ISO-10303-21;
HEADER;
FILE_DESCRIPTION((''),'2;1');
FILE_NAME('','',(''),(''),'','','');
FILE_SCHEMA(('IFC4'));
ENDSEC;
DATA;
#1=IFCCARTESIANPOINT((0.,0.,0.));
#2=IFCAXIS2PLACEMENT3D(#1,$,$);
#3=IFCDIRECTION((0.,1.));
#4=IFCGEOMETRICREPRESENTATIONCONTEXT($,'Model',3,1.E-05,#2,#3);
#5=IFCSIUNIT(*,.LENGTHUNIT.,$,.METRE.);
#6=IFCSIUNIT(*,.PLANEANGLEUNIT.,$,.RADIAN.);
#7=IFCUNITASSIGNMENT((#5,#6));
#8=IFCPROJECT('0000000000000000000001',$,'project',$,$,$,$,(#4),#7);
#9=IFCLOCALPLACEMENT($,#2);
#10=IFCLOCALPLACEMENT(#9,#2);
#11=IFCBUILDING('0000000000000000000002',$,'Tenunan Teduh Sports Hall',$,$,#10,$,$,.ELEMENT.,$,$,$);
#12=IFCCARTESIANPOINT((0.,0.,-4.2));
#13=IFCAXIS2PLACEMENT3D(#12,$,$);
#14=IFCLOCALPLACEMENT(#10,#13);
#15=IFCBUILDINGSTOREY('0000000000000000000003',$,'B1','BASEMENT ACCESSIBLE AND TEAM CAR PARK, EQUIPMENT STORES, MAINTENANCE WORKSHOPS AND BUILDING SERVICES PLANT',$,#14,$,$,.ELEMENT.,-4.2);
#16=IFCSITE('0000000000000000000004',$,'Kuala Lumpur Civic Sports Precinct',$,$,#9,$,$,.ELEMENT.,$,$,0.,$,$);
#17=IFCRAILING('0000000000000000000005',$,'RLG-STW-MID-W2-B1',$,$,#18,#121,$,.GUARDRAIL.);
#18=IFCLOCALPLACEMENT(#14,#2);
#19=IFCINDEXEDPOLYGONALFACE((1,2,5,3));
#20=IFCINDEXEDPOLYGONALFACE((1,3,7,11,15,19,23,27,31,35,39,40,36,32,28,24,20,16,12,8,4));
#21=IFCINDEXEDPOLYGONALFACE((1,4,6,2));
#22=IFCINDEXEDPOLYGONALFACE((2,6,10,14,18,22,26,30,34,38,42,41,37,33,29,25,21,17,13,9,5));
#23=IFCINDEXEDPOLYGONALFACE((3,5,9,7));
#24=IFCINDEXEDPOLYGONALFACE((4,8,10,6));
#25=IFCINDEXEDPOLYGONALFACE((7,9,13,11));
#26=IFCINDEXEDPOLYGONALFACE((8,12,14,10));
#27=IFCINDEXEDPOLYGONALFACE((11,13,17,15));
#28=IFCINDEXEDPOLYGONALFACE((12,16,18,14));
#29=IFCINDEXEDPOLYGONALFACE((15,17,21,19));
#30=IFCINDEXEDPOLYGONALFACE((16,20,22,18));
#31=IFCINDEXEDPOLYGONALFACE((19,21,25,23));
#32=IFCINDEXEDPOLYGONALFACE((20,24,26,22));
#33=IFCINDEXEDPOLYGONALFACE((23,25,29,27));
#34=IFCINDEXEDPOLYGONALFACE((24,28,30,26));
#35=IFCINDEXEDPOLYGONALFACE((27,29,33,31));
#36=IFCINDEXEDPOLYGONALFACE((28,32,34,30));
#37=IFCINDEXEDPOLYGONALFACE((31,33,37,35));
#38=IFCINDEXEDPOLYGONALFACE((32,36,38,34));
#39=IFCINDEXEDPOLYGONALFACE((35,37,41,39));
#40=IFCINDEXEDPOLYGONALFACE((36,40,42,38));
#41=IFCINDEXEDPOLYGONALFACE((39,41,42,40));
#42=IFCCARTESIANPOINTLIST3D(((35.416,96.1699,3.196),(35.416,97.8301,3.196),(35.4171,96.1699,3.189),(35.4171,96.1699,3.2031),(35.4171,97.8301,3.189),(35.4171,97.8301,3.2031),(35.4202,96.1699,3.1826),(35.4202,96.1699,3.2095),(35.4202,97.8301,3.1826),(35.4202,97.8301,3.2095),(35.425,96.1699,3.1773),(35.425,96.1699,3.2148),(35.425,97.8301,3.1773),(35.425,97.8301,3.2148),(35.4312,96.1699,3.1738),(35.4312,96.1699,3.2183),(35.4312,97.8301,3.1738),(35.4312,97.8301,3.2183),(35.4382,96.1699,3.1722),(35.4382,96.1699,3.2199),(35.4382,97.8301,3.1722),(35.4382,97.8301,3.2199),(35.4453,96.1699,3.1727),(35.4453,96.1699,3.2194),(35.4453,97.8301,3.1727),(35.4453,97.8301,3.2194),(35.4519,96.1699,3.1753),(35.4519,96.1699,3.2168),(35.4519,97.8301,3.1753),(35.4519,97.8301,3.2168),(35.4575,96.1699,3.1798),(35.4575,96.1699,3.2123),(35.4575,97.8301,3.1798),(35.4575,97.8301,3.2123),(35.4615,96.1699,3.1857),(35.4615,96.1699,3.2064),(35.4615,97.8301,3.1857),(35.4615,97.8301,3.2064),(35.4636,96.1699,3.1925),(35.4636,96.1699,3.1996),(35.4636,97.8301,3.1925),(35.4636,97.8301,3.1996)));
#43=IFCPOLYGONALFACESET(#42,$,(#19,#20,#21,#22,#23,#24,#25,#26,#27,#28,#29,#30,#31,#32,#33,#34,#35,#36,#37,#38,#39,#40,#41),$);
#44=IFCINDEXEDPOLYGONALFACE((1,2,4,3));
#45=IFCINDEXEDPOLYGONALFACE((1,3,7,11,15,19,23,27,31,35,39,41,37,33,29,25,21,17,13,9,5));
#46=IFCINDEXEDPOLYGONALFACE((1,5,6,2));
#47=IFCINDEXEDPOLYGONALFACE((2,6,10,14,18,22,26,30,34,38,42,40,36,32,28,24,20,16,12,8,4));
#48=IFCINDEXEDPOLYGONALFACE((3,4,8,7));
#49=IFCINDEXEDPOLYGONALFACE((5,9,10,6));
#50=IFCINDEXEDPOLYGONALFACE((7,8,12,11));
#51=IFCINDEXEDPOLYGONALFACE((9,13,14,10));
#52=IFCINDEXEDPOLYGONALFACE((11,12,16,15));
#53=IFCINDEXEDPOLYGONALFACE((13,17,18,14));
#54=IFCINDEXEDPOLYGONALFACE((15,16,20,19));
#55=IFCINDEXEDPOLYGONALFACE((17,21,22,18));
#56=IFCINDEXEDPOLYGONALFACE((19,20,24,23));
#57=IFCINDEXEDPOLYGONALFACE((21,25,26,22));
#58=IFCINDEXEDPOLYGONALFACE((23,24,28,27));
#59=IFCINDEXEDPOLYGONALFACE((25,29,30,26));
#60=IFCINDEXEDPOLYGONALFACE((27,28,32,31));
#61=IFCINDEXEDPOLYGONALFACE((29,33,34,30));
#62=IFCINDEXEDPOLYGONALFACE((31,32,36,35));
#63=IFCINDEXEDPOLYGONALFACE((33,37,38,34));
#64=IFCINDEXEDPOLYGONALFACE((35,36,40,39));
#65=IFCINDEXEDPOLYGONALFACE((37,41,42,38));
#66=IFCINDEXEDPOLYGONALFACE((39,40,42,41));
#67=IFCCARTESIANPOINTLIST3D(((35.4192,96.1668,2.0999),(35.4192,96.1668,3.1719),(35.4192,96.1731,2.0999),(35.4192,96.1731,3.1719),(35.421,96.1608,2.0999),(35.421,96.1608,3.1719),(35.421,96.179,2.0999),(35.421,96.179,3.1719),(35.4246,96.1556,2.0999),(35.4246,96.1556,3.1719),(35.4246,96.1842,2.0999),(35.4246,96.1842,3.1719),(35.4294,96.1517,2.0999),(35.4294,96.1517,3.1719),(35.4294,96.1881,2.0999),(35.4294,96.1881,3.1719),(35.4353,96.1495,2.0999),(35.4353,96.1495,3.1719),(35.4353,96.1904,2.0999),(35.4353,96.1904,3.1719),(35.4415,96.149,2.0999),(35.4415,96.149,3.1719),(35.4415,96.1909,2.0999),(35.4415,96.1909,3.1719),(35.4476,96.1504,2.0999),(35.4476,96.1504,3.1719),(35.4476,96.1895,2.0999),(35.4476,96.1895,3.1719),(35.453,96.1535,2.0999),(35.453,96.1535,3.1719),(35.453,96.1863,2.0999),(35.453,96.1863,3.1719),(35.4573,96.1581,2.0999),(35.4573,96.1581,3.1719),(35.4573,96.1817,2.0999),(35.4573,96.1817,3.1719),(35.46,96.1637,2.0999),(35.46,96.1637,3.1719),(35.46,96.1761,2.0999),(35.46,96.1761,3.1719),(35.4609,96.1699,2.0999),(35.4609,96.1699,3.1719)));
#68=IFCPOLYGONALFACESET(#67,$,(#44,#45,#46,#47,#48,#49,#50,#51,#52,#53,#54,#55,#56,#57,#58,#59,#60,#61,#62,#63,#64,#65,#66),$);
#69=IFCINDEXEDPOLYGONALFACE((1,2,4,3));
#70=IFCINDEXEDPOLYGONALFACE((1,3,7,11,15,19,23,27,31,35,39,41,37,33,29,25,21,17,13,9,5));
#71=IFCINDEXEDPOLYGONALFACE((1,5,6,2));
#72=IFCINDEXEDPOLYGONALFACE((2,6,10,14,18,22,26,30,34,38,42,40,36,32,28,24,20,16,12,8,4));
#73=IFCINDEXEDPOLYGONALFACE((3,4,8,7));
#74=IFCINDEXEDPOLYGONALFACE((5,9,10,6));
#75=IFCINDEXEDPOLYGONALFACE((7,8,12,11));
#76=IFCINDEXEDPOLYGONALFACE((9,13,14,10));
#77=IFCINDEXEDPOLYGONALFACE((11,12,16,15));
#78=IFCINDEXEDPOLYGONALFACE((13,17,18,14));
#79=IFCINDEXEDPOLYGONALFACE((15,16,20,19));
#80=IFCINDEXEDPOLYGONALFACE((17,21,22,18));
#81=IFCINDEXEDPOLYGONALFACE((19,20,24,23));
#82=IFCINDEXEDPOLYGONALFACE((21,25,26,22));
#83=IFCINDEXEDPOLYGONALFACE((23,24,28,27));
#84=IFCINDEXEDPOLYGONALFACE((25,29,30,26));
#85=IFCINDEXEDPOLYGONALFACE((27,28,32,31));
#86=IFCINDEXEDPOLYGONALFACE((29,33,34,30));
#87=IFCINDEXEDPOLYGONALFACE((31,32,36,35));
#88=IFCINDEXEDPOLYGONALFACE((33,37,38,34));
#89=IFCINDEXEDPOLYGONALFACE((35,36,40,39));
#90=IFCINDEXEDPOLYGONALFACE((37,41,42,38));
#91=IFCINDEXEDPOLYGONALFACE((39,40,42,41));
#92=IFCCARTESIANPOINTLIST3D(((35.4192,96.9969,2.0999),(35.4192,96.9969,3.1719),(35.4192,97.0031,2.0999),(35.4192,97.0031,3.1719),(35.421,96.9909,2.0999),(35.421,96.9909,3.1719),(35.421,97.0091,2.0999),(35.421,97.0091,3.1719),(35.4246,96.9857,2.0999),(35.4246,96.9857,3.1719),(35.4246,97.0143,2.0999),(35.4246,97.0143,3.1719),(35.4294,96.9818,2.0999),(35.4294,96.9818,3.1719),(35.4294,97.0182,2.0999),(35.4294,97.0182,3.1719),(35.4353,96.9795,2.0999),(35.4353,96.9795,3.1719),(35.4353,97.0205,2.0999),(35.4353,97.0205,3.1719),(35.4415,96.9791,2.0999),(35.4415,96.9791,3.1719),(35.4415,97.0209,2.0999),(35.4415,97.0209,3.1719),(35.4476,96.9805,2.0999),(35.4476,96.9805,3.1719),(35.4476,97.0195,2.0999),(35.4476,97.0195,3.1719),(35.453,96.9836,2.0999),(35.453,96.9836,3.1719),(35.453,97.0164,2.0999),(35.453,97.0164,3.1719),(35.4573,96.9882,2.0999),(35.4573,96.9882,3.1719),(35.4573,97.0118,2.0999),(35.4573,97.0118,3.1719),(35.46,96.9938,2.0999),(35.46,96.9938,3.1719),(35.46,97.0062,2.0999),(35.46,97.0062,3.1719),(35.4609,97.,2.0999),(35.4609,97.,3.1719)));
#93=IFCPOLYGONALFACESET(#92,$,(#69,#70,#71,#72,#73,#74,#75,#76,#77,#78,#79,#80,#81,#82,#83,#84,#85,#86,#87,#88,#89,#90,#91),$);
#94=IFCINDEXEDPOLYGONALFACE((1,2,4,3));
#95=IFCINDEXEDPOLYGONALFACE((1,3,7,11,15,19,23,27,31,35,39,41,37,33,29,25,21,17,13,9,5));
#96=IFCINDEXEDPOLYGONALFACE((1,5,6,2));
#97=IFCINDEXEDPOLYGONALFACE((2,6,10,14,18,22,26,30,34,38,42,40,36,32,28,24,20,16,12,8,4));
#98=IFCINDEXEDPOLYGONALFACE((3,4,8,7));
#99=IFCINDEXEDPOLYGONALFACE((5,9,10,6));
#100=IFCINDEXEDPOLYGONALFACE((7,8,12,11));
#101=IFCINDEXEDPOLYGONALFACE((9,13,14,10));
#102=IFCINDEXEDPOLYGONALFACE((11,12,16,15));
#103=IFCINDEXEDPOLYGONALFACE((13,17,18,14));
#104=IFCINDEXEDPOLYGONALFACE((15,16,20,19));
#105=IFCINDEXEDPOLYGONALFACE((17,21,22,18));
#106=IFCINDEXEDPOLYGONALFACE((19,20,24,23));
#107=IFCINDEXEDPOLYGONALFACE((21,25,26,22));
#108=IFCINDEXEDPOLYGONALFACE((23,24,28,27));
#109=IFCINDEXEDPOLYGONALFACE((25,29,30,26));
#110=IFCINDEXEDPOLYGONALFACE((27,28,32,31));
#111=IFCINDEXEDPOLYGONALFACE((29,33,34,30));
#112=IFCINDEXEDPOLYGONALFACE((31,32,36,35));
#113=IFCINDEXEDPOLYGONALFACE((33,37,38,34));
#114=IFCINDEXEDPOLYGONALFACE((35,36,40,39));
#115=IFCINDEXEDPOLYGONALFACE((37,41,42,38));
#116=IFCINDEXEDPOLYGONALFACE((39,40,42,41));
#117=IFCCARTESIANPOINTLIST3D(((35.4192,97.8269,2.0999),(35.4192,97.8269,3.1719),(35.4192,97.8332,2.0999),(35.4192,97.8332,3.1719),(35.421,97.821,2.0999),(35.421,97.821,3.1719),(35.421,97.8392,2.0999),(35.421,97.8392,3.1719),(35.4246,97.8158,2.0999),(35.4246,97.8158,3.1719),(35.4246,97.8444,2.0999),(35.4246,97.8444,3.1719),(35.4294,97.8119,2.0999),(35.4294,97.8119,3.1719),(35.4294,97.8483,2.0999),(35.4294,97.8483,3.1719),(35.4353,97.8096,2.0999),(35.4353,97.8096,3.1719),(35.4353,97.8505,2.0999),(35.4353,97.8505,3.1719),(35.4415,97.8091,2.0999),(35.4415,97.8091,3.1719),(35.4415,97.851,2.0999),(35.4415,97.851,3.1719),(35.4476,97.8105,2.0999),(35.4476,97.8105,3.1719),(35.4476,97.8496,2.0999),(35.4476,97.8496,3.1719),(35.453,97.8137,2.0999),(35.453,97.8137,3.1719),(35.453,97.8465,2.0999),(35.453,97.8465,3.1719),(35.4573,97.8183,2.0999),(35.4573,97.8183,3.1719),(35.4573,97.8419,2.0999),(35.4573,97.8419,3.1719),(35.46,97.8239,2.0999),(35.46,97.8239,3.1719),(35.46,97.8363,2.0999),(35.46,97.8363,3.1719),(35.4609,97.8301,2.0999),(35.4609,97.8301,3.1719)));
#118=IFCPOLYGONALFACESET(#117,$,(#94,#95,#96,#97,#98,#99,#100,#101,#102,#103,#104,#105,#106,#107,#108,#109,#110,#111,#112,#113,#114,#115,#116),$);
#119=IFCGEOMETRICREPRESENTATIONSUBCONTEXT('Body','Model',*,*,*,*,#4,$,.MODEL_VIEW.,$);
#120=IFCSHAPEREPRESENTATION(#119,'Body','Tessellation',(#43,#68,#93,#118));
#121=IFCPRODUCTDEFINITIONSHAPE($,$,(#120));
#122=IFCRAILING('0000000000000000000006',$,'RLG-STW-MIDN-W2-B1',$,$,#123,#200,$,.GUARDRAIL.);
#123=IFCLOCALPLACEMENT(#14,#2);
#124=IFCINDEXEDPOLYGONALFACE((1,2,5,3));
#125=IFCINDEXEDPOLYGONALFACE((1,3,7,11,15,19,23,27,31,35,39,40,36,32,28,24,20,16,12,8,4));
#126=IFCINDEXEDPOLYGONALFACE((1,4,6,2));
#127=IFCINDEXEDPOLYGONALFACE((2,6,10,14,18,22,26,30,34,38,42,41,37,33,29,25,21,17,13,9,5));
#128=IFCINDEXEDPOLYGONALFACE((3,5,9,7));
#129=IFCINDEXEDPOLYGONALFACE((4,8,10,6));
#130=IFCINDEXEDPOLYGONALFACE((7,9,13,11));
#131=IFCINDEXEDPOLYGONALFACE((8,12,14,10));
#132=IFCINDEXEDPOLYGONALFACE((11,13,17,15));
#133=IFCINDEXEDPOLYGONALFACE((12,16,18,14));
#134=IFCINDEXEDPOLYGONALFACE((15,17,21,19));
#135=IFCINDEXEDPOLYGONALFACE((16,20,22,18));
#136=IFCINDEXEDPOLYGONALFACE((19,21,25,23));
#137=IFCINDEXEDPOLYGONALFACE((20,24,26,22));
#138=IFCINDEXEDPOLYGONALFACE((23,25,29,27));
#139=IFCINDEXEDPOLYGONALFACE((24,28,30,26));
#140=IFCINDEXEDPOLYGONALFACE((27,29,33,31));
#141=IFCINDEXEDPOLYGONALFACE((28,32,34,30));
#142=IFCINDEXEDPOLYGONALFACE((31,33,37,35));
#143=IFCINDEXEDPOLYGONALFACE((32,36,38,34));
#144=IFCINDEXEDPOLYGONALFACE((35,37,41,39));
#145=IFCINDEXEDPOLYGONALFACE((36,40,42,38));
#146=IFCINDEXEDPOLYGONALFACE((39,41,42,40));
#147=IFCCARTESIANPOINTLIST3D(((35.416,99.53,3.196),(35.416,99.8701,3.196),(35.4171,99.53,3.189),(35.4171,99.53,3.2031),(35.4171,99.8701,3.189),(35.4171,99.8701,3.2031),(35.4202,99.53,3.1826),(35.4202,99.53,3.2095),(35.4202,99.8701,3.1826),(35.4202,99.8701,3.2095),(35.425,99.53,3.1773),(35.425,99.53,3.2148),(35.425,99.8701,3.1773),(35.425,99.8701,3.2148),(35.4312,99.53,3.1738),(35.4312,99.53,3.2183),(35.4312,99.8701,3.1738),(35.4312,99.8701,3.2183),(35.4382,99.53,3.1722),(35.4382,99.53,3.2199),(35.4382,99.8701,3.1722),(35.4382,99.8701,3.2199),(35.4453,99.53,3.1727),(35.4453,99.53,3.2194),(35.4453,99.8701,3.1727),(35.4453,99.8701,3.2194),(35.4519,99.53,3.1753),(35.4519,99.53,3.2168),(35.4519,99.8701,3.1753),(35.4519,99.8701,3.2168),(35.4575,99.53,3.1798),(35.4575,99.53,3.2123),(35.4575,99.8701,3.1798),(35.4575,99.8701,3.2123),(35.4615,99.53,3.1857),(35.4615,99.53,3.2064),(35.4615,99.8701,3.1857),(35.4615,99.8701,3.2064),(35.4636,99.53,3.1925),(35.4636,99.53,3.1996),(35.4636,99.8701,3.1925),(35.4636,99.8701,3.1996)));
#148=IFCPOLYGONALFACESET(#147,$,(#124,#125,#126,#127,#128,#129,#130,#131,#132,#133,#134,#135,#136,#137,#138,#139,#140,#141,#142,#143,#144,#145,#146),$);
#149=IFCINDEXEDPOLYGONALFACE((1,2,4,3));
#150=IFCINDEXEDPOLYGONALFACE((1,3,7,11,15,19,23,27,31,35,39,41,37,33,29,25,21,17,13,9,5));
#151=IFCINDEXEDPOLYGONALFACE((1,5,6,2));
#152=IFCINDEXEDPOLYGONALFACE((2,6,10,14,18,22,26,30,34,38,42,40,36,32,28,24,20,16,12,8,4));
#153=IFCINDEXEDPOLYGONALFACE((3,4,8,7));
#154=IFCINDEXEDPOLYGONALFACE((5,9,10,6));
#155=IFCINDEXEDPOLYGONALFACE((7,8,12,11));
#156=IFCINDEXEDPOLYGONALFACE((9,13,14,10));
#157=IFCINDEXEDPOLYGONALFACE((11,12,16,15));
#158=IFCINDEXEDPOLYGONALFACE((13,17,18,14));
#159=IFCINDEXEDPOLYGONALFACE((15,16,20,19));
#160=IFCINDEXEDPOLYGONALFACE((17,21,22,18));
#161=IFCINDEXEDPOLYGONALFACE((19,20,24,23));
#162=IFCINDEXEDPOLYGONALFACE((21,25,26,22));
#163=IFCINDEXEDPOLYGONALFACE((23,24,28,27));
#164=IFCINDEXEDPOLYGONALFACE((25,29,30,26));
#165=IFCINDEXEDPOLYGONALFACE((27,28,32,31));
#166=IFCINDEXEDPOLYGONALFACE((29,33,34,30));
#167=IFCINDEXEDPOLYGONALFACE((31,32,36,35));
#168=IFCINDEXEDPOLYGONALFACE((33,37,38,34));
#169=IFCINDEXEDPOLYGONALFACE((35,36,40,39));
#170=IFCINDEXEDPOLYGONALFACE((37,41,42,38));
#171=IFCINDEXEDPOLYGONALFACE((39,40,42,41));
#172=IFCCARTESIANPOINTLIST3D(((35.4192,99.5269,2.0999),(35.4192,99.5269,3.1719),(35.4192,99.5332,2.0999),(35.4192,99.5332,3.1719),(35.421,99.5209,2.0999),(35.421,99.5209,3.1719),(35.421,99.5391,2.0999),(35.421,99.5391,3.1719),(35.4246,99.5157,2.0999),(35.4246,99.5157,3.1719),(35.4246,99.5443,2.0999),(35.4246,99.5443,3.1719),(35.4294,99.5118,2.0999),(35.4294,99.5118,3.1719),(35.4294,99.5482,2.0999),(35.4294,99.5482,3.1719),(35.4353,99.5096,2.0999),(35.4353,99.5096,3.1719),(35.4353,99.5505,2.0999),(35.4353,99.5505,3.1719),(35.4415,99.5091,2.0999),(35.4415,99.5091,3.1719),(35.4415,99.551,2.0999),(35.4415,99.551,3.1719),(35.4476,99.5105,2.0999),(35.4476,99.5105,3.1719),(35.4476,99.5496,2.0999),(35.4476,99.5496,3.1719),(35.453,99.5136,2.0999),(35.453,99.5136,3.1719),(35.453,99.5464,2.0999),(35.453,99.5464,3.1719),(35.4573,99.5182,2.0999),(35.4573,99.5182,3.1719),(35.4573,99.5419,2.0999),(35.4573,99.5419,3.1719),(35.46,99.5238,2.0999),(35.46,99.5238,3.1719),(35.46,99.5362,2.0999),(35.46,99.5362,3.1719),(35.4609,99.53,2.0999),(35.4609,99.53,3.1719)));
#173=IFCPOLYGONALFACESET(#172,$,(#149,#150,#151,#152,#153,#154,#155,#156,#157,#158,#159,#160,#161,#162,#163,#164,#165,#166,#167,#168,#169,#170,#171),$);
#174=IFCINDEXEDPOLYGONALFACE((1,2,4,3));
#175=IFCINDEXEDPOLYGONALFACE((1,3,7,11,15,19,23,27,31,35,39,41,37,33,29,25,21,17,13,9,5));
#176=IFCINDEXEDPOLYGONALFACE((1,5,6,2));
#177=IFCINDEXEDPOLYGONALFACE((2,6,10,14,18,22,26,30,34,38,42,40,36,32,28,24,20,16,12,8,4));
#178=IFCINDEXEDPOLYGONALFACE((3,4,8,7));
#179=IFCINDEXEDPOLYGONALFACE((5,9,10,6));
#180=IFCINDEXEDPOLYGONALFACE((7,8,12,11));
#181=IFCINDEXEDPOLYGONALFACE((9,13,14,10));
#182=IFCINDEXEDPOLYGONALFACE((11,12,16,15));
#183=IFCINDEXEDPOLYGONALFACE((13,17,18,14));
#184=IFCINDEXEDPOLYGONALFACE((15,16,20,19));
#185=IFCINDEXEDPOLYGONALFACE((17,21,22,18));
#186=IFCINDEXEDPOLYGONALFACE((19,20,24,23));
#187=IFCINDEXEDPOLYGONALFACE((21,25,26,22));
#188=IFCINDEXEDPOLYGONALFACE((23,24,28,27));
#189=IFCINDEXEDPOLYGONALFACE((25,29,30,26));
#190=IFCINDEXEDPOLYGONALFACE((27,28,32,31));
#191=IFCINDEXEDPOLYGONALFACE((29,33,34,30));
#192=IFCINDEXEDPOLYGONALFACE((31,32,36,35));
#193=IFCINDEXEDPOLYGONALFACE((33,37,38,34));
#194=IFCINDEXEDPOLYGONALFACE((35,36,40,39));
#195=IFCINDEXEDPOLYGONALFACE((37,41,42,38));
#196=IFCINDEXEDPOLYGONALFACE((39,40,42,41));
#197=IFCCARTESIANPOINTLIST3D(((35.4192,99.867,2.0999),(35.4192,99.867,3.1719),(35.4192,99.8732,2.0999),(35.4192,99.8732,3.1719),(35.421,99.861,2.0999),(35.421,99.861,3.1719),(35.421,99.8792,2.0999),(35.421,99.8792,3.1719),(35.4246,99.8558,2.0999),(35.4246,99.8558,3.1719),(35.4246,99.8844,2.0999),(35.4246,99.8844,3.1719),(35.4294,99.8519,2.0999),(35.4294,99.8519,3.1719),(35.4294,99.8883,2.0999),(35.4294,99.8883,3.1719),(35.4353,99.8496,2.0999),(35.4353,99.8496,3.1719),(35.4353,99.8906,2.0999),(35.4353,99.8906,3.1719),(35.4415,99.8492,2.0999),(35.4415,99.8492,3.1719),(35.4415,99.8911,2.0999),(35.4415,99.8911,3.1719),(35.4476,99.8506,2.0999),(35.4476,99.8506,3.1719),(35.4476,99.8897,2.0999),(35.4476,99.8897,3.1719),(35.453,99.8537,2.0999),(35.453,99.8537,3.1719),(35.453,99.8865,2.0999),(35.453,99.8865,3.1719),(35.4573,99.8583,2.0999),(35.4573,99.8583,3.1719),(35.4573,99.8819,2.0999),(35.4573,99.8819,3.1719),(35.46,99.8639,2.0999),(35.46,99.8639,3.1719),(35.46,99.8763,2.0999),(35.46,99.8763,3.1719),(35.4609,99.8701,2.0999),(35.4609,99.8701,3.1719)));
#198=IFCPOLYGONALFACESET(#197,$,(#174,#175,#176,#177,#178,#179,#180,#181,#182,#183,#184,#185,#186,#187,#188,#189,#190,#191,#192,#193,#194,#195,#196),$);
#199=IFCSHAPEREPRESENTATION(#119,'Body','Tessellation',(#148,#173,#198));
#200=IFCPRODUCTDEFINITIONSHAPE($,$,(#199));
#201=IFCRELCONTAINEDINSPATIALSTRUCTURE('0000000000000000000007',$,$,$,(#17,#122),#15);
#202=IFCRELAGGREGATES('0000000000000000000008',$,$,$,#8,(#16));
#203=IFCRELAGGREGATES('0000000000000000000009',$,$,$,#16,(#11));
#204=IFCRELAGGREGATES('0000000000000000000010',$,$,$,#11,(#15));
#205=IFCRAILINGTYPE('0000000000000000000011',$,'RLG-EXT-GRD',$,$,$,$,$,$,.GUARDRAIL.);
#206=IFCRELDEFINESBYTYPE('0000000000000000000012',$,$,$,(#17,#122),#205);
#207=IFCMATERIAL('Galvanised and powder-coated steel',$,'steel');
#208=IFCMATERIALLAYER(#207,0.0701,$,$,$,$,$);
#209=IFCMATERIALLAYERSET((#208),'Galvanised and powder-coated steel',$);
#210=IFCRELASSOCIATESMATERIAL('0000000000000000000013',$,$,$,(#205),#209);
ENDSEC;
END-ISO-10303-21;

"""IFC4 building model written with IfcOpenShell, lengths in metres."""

from ifc_helpers import new_model, si_unit, direction, frame, origin, origin_2d, place, context, subcontext, project, spatial, circle, extrude, material, layer, layer_set, type_object, element, save


model = new_model("IFC4")

# Units and contexts
model_context = context("Model", 3, precision=1e-05, world=origin(), true_north=direction((0.0, 1.0)))
body_context = subcontext(model_context, "Body", "Model", "MODEL_VIEW")
ifc_project = project(units=[si_unit("LENGTHUNIT", "METRE"), si_unit("PLANEANGLEUNIT", "RADIAN")], contexts=[model_context])

# Site, building, storey
site_placement = place(None, origin())
site = spatial("IfcSite", under=ifc_project, at=site_placement, Name="Kuala Lumpur Civic Sports Precinct", CompositionType="ELEMENT", RefElevation=0.0)
building_placement = place(site_placement, origin())
building = spatial("IfcBuilding", under=site, at=building_placement, Name="Tenunan Teduh Sports Hall", CompositionType="ELEMENT")
storey_placement = place(building_placement, frame((0.0, 0.0, -4.2)))
storey = spatial("IfcBuildingStorey", under=building, at=storey_placement, Name="B1", Description="BASEMENT ACCESSIBLE AND TEAM CAR PARK, EQUIPMENT STORES, MAINTENANCE WORKSHOPS AND BUILDING SERVICES PLANT", CompositionType="ELEMENT", Elevation=-4.2)

# Railings
ifc_material_1 = material(Name="Galvanised and powder-coated steel", Category="steel")
ifc_layer_1 = layer(ifc_material_1, 0.0701)
ifc_layer_set_1 = layer_set([ifc_layer_1], Name="Galvanised and powder-coated steel")
railing_type_1 = type_object("IfcRailingType", Name="RLG-EXT-GRD", PredefinedType="GUARDRAIL", material=ifc_layer_set_1)
railing_1_placement = place(storey_placement, frame((35.4399, 96.1699, 2.0999)))
element("IfcRailing", 1, at=railing_1_placement, inside=storey, type_object=railing_type_1, Name="RLG-STW-MID-W2-B1", PredefinedType="GUARDRAIL", context=body_context, shape_type="SweptSolid", body=[
    extrude(circle(Radius=0.0239, at=origin_2d()), frame((0.0, 0.0, 1.0962), z_axis=(0.0, 1.0, 0.0), x_axis=(-1.0, 0.0, 0.0)), (0.0, 0.0, 1.0), 1.6602),
    extrude(circle(Radius=0.021, at=origin_2d()), origin(), (0.0, 0.0, 1.0), 1.072),
    extrude(circle(Radius=0.021, at=origin_2d()), frame((0.0, 0.8301, 0.0)), (0.0, 0.0, 1.0), 1.072),
    extrude(circle(Radius=0.021, at=origin_2d()), frame((0.0, 1.6602, 0.0)), (0.0, 0.0, 1.0), 1.072),
])
railing_2_placement = place(storey_placement, frame((35.4399, 99.53, 2.0999)))
element("IfcRailing", 2, at=railing_2_placement, inside=storey, type_object=railing_type_1, Name="RLG-STW-MIDN-W2-B1", PredefinedType="GUARDRAIL", context=body_context, shape_type="SweptSolid", body=[
    extrude(circle(Radius=0.0239, at=origin_2d()), frame((0.0, 0.0, 1.0962), z_axis=(0.0, 1.0, 0.0), x_axis=(-1.0, 0.0, 0.0)), (0.0, 0.0, 1.0), 0.3401),
    extrude(circle(Radius=0.021, at=origin_2d()), origin(), (0.0, 0.0, 1.0), 1.072),
    extrude(circle(Radius=0.021, at=origin_2d()), frame((0.0, 0.3401, 0.0)), (0.0, 0.0, 1.0), 1.072),
])

save(model, "model.ifc")
